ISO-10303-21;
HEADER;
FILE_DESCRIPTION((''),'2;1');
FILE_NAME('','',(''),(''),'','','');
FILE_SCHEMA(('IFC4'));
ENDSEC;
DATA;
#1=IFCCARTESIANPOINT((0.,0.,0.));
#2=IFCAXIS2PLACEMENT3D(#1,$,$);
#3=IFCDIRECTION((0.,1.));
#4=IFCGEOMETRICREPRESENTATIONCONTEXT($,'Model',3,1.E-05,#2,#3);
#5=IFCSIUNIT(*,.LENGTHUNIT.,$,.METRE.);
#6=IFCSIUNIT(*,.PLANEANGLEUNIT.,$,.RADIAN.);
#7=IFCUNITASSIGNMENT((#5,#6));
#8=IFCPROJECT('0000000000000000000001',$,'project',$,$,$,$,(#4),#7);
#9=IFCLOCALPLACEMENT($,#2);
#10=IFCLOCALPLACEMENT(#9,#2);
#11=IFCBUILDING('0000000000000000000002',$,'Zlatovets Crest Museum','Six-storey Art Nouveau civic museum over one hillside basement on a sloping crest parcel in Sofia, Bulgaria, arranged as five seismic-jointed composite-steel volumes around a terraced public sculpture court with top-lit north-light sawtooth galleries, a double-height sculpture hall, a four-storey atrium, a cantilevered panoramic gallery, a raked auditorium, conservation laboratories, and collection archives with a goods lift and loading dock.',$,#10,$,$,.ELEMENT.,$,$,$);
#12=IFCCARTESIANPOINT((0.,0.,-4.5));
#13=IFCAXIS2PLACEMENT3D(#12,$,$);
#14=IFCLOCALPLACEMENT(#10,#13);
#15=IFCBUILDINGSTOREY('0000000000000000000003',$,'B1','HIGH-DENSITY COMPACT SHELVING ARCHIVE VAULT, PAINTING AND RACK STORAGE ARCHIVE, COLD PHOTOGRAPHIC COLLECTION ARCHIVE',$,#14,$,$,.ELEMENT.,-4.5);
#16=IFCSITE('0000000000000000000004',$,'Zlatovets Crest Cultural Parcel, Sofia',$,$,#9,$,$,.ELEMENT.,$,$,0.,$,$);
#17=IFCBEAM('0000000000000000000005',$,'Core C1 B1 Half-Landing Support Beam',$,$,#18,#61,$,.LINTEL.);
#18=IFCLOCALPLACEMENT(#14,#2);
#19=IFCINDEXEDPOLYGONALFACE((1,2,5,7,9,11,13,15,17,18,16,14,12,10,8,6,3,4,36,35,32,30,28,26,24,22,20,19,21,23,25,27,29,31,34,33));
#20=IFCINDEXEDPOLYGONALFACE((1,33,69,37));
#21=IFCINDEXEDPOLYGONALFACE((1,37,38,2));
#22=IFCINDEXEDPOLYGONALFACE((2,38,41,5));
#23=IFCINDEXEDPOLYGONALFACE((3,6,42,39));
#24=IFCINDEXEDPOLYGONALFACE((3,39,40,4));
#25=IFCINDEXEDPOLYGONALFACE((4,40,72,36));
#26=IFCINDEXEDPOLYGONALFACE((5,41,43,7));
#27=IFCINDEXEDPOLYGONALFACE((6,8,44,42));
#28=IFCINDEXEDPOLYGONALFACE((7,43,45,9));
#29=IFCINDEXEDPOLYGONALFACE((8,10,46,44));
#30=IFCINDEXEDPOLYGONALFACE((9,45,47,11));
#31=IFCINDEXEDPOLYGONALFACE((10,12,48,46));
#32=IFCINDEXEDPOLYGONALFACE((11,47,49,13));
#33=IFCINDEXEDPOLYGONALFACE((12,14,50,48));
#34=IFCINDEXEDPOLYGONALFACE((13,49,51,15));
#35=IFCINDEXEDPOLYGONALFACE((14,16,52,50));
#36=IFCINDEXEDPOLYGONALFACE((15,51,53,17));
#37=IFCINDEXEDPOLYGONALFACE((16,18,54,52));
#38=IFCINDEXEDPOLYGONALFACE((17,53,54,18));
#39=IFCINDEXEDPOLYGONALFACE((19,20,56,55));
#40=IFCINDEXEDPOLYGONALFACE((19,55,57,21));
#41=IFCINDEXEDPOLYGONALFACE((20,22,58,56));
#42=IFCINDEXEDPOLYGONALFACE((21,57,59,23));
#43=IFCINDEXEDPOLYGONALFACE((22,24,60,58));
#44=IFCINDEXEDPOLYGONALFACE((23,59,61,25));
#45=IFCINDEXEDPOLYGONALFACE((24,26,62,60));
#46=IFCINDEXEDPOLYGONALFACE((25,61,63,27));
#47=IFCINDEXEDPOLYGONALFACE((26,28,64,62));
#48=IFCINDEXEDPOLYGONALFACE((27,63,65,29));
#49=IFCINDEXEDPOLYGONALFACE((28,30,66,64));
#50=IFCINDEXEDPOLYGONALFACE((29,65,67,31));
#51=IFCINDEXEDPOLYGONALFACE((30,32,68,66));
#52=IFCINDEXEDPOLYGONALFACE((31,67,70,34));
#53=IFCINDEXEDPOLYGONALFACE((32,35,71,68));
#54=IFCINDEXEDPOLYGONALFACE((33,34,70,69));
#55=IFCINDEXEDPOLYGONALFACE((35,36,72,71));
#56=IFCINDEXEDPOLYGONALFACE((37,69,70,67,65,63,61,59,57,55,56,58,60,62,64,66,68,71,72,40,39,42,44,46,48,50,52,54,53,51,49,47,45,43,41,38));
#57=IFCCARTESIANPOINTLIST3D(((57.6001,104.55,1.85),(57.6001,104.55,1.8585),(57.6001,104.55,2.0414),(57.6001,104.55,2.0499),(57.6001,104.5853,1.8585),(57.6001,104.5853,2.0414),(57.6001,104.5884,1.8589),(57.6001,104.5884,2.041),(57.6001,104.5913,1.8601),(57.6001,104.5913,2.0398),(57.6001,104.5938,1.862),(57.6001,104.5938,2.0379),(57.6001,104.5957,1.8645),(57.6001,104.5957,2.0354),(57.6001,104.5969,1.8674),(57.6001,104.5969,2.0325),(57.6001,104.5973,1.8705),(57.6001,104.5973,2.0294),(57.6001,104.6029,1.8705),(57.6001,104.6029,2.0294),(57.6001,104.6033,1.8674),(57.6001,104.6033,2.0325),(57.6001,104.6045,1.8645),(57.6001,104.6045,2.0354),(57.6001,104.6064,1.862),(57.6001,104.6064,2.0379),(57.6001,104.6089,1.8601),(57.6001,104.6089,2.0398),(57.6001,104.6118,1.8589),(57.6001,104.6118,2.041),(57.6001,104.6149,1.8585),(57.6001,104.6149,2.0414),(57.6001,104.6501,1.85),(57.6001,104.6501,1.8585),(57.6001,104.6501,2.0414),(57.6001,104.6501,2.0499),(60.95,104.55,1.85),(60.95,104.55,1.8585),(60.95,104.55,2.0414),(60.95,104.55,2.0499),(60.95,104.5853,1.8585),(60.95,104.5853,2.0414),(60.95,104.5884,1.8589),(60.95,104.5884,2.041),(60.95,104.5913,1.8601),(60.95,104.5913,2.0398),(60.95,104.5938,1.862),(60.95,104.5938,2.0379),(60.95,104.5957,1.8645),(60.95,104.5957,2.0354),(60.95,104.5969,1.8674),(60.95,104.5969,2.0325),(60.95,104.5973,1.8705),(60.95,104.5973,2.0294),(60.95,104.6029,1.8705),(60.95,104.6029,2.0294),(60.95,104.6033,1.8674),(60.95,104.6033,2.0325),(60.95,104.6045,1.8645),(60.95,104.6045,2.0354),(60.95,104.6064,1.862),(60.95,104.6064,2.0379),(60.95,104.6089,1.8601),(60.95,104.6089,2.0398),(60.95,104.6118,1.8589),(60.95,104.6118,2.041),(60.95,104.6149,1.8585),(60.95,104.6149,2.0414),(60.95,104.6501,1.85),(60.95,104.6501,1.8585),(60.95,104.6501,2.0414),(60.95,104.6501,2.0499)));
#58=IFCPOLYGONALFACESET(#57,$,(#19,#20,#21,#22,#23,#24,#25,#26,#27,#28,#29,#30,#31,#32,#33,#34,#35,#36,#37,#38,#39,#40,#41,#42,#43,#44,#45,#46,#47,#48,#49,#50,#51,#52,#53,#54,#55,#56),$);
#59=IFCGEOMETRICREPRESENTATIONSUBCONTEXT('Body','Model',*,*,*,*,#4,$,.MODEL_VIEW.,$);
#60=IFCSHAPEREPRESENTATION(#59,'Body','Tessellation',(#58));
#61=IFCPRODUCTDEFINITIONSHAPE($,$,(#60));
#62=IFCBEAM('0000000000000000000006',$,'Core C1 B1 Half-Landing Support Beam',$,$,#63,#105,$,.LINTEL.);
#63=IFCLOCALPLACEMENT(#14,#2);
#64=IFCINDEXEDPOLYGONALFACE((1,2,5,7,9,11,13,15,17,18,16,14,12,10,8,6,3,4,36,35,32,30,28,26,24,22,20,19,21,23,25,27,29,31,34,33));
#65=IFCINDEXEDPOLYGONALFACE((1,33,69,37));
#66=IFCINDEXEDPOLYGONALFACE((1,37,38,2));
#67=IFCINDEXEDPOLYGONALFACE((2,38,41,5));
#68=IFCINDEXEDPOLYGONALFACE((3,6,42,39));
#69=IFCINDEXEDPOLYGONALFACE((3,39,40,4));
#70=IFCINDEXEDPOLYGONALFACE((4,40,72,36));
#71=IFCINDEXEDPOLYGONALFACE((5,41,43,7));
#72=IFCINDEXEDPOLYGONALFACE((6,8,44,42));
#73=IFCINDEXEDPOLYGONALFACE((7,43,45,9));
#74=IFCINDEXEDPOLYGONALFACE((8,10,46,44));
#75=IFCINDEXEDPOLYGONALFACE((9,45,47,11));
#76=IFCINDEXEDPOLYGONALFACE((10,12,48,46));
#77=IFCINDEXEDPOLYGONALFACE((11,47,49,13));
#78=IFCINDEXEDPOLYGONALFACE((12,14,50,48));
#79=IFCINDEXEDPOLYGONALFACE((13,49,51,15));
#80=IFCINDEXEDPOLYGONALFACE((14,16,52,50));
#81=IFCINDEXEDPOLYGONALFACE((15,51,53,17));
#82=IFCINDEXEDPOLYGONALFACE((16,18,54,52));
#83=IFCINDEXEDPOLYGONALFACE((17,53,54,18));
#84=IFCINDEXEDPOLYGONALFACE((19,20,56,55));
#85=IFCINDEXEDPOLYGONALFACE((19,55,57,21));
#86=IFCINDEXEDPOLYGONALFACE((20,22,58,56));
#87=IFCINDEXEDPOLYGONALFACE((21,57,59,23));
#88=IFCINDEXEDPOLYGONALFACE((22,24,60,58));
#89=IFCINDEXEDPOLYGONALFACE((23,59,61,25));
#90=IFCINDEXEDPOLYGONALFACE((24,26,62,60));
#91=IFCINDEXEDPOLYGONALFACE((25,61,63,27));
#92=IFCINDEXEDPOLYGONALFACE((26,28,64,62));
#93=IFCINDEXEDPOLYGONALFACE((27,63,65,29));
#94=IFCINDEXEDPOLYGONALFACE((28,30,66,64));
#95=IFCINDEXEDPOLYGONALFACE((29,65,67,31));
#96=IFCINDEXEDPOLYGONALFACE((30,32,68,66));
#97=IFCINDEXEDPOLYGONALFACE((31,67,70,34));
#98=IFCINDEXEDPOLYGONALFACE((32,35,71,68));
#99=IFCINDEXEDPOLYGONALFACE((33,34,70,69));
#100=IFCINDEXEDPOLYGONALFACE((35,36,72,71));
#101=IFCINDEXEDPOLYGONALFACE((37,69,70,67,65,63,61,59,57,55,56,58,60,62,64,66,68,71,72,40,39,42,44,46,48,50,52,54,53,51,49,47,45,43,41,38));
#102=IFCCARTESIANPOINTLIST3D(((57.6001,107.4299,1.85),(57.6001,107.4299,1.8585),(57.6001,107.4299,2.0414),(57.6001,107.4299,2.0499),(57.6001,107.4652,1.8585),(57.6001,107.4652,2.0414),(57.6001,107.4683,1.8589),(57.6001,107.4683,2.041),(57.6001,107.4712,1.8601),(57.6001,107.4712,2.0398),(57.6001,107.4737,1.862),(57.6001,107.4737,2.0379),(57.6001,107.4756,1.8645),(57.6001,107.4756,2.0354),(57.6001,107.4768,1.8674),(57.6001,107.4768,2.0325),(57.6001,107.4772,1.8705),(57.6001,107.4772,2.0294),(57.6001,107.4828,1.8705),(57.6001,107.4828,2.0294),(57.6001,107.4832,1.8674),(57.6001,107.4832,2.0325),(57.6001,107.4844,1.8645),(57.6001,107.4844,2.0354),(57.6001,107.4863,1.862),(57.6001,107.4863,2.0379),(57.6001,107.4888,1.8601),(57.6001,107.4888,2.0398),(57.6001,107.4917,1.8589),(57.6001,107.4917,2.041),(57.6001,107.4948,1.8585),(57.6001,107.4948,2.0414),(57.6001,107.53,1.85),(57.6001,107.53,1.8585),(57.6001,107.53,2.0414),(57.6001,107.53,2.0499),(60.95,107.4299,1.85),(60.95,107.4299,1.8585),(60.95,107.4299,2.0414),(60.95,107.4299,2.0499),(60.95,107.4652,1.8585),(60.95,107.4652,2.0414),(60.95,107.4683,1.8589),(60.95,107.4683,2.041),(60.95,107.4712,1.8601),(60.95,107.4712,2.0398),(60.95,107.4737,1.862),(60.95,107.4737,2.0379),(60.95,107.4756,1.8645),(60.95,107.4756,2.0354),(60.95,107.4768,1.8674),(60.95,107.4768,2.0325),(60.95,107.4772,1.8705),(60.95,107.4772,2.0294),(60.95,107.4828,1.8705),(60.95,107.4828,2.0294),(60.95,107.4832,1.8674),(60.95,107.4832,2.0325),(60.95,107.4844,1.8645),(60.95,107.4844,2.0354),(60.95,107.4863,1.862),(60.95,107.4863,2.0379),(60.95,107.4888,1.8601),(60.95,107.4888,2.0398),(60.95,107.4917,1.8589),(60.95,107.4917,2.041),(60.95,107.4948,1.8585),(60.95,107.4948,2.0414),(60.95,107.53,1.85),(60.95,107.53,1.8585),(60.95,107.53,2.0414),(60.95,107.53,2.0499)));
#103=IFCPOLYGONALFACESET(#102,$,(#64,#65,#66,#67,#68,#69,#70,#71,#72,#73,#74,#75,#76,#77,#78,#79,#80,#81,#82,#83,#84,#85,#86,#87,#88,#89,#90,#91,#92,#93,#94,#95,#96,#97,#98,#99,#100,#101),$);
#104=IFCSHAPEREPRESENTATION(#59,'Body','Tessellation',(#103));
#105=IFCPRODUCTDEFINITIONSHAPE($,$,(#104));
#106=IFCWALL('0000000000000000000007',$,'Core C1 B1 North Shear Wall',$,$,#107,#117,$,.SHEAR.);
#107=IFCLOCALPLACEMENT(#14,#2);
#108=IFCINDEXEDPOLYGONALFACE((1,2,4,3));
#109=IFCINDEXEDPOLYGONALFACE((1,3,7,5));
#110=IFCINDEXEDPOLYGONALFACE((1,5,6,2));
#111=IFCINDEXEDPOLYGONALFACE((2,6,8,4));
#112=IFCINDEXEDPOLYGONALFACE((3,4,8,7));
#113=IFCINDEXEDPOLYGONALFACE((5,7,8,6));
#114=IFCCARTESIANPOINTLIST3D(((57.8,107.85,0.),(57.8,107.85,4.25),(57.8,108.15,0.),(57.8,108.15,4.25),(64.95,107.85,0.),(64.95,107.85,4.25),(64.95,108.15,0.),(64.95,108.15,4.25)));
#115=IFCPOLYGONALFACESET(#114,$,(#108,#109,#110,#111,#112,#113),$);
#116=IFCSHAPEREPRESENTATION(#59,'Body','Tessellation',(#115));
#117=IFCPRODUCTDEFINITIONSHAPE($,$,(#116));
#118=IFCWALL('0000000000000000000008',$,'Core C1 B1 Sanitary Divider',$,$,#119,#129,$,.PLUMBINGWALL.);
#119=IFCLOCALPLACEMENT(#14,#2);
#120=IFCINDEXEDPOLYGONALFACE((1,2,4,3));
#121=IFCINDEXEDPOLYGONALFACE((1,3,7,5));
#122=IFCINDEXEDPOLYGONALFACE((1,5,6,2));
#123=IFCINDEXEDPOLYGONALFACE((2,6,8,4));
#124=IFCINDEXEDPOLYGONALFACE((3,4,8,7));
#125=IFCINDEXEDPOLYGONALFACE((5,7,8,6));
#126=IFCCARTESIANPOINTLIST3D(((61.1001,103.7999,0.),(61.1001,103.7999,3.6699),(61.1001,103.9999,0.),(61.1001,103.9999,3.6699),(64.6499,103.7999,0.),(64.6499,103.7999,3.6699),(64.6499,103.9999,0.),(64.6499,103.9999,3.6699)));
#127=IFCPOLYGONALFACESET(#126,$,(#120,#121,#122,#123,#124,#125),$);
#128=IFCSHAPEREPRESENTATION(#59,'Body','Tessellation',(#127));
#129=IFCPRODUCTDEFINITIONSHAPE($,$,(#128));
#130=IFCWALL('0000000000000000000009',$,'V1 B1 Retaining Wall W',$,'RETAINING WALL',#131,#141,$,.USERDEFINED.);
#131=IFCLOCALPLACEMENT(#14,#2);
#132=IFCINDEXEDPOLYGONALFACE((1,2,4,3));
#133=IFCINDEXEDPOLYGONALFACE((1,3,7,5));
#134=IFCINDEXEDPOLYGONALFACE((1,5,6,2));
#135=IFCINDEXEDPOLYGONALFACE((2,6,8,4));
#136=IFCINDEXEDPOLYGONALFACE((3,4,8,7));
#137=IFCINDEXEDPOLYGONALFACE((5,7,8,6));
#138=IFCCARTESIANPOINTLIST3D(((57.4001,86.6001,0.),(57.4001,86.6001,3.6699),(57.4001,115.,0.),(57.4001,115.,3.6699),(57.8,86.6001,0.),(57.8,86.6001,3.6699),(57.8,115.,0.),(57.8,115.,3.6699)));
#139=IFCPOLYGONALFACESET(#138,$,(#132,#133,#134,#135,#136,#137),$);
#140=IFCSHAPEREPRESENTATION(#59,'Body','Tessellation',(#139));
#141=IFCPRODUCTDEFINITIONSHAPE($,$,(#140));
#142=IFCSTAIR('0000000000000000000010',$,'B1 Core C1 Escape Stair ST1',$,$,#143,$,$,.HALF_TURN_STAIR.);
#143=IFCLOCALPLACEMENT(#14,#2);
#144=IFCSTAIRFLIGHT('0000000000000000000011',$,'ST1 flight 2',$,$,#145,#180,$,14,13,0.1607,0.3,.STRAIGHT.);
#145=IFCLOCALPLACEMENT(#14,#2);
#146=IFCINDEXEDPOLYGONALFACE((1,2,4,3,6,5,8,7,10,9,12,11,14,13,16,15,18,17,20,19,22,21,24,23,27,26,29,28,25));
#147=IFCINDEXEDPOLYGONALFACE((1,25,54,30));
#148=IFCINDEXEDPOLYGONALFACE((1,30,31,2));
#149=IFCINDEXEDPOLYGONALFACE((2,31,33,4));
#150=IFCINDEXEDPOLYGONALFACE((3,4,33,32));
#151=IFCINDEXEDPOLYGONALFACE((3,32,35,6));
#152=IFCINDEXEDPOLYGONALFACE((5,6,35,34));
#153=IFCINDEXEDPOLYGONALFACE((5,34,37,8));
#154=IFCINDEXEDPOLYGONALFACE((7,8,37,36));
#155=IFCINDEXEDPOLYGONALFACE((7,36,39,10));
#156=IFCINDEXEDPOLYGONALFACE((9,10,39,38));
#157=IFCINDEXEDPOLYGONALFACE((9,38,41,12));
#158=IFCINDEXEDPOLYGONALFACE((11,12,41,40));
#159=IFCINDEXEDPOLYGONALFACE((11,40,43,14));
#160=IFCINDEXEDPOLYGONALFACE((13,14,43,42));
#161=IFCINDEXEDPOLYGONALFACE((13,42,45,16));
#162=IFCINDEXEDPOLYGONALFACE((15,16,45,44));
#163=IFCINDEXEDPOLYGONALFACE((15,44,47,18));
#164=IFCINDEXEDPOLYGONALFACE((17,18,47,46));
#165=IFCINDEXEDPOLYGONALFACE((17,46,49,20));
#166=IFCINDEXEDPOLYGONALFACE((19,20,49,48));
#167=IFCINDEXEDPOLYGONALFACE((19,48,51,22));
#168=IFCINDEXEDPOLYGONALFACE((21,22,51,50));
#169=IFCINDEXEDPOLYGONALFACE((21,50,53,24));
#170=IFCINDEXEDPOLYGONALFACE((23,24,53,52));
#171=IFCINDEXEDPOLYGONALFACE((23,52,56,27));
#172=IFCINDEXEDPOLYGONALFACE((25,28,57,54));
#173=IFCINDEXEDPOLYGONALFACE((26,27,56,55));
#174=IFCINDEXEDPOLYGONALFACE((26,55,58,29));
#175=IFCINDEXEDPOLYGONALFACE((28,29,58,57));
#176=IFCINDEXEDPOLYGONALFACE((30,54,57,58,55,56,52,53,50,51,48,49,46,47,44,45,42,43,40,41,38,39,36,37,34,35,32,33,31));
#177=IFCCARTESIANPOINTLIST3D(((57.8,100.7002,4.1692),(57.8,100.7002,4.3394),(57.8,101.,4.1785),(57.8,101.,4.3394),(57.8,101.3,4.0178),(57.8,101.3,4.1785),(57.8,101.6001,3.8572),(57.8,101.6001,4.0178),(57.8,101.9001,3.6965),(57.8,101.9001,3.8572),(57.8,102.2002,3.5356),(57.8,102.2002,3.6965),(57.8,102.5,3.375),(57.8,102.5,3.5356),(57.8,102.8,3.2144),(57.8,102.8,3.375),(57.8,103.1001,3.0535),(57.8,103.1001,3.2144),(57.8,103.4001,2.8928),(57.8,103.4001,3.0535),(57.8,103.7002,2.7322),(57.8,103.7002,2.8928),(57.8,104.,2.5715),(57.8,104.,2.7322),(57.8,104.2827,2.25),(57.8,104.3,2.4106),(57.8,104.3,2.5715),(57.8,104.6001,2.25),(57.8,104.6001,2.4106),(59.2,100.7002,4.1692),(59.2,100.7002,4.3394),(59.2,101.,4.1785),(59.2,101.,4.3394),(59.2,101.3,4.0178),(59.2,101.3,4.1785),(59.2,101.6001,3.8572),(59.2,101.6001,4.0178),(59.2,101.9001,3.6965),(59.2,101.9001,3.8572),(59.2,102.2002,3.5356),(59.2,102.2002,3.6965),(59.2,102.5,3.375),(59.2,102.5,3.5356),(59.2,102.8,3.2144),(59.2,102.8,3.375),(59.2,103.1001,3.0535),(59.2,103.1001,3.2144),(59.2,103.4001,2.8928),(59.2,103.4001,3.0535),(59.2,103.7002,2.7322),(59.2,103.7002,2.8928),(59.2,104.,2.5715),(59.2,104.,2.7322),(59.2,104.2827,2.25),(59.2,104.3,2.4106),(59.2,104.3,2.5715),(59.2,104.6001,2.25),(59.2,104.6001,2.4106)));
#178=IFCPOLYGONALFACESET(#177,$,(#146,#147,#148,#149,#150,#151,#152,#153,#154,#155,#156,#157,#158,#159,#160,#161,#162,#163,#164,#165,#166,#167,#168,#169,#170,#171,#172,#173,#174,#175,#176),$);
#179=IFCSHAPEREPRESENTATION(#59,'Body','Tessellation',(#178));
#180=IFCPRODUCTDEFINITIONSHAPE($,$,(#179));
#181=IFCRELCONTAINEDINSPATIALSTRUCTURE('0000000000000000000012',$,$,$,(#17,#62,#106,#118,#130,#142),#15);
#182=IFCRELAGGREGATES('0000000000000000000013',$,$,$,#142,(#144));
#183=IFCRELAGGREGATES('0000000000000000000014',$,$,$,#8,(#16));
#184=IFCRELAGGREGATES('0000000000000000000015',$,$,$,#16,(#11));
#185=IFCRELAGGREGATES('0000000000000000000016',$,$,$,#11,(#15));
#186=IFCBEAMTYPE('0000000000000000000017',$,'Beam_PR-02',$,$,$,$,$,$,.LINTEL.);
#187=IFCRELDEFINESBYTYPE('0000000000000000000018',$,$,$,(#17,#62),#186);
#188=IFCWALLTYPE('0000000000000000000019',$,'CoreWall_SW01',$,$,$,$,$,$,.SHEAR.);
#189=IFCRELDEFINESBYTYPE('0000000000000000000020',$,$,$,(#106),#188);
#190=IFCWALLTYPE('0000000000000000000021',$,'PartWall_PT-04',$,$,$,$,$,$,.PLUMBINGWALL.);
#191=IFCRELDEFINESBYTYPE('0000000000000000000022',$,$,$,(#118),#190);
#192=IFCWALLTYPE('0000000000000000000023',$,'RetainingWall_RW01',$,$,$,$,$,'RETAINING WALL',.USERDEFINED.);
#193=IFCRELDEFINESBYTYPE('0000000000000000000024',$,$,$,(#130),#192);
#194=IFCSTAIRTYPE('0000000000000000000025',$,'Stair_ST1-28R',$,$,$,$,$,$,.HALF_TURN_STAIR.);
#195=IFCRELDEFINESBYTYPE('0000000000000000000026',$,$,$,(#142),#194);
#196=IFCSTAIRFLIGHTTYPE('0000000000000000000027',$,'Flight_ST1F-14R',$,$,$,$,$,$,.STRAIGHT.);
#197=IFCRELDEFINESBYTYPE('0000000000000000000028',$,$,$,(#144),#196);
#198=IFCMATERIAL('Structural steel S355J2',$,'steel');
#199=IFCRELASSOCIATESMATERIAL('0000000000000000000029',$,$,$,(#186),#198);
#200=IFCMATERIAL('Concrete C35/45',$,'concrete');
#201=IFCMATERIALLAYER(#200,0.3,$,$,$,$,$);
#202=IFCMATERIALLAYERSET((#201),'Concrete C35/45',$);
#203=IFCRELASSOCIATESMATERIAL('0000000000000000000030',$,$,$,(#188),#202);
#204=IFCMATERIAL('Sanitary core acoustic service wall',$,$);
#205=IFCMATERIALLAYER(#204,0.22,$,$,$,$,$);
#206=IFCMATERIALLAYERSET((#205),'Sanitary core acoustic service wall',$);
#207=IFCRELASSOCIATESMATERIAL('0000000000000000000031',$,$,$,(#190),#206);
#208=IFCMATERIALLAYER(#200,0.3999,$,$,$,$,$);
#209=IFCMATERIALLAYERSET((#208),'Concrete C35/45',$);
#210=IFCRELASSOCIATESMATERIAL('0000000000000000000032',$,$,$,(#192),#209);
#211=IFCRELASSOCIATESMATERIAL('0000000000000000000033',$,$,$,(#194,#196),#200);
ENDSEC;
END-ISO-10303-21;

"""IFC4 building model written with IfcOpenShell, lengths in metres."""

from ifc_helpers import new_model, si_unit, direction, frame, frame_2d, origin, origin_2d, place, context, subcontext, project, spatial, polyline, rectangle, i_section, outline, extrude, material, layer, layer_set, material_profile, profile_set, type_object, element, aggregate, save


model = new_model("IFC4")

# Units and contexts
model_context = context("Model", 3, precision=1e-05, world=origin(), true_north=direction((0.0, 1.0)))
body_context = subcontext(model_context, "Body", "Model", "MODEL_VIEW")
ifc_project = project(units=[si_unit("LENGTHUNIT", "METRE"), si_unit("PLANEANGLEUNIT", "RADIAN")], contexts=[model_context])

# Site, building, storey
site_placement = place(None, origin())
site = spatial("IfcSite", under=ifc_project, at=site_placement, Name="Zlatovets Crest Cultural Parcel, Sofia", CompositionType="ELEMENT", RefElevation=0.0)
building_placement = place(site_placement, origin())
building = spatial("IfcBuilding", under=site, at=building_placement, Name="Zlatovets Crest Museum", Description="Six-storey Art Nouveau civic museum over one hillside basement on a sloping crest parcel in Sofia, Bulgaria, arranged as five seismic-jointed composite-steel volumes around a terraced public sculpture court with top-lit north-light sawtooth galleries, a double-height sculpture hall, a four-storey atrium, a cantilevered panoramic gallery, a raked auditorium, conservation laboratories, and collection archives with a goods lift and loading dock.", CompositionType="ELEMENT")
storey_placement = place(building_placement, frame((0.0, 0.0, -4.5)))
storey = spatial("IfcBuildingStorey", under=building, at=storey_placement, Name="B1", Description="HIGH-DENSITY COMPACT SHELVING ARCHIVE VAULT, PAINTING AND RACK STORAGE ARCHIVE, COLD PHOTOGRAPHIC COLLECTION ARCHIVE", CompositionType="ELEMENT", Elevation=-4.5)

# Shared definitions
ifc_material_1 = material(Name="Concrete C35/45", Category="concrete")

# Beams
ifc_material_2 = material(Name="Structural steel S355J2", Category="steel")
ifc_material_profile_1 = material_profile(ifc_material_2, i_section(OverallWidth=0.1001, OverallDepth=0.2, WebThickness=0.0056, FlangeThickness=0.0085, FilletRadius=0.012, at=origin_2d()), Name="IPE 200")
ifc_profile_set_1 = profile_set([ifc_material_profile_1], Name="Structural steel S355J2")
beam_type = type_object("IfcBeamType", Name="Beam_PR-02", PredefinedType="LINTEL", material=ifc_profile_set_1)
for number, where, z_axis, x_axis, name in (
    (1, (57.6001, 104.6001, 1.95), (1.0, 0.0, 0.0), (0.0, 1.0, 0.0), "Core C1 B1 Half-Landing Support Beam"),
    (2, (57.6001, 107.48, 1.95), (1.0, 0.0, 0.0), (0.0, 1.0, 0.0), "Core C1 B1 Half-Landing Support Beam"),
):
    element("IfcBeam", number, at=place(storey_placement, frame(where, z_axis=z_axis, x_axis=x_axis)), inside=storey, type_object=beam_type, Name=name, PredefinedType="LINTEL", context=body_context, shape_type="SweptSolid", body=[
        extrude(i_section(OverallWidth=0.1001, OverallDepth=0.2, WebThickness=0.0056, FlangeThickness=0.0085, FilletRadius=0.012, at=origin_2d()), origin(), (0.0, 0.0, 1.0), 3.3499),
    ])

# Wall
ifc_layer_1 = layer(ifc_material_1, 0.3)
ifc_layer_set_1 = layer_set([ifc_layer_1], Name="Concrete C35/45")
wall_type_1 = type_object("IfcWallType", Name="CoreWall_SW01", PredefinedType="SHEAR", material=ifc_layer_set_1)
wall_1_placement = place(storey_placement, frame((57.8, 108.0, 0.0), z_axis=(0.0, 0.0, 1.0), x_axis=(1.0, 0.0, 0.0)))
element("IfcWall", 3, at=wall_1_placement, inside=storey, type_object=wall_type_1, Name="Core C1 B1 North Shear Wall", PredefinedType="SHEAR", context=body_context, shape_type="SweptSolid", body=[
    extrude(rectangle(XDim=7.1499, YDim=0.3, at=frame_2d((3.575, 0.0))), origin(), (0.0, 0.0, 1.0), 4.25),
])

# Walls
ifc_material_3 = material(Name="Sanitary core acoustic service wall")
ifc_layer_2 = layer(ifc_material_3, 0.22)
ifc_layer_set_2 = layer_set([ifc_layer_2], Name="Sanitary core acoustic service wall")
wall_type_2 = type_object("IfcWallType", Name="PartWall_PT-04", PredefinedType="PLUMBINGWALL", material=ifc_layer_set_2)
wall_2_placement = place(storey_placement, frame((61.1001, 103.8999, 0.0), z_axis=(0.0, 0.0, 1.0), x_axis=(1.0, 0.0, 0.0)))
element("IfcWall", 4, at=wall_2_placement, inside=storey, type_object=wall_type_2, Name="Core C1 B1 Sanitary Divider", PredefinedType="PLUMBINGWALL", context=body_context, shape_type="SweptSolid", body=[
    extrude(rectangle(XDim=3.5498, YDim=0.2, at=frame_2d((1.7749, 0.0))), origin(), (0.0, 0.0, 1.0), 3.6699),
])
ifc_layer_3 = layer(ifc_material_1, 0.3999)
ifc_layer_set_3 = layer_set([ifc_layer_3], Name="Concrete C35/45")
wall_type_3 = type_object("IfcWallType", Name="RetainingWall_RW01", ElementType="RETAINING WALL", PredefinedType="USERDEFINED", material=ifc_layer_set_3)
wall_3_placement = place(storey_placement, frame((57.6001, 115.0, 0.0), z_axis=(0.0, 0.0, 1.0), x_axis=(0.0, -1.0, 0.0)))
element("IfcWall", 5, at=wall_3_placement, inside=storey, type_object=wall_type_3, Name="V1 B1 Retaining Wall W", ObjectType="RETAINING WALL", PredefinedType="USERDEFINED", context=body_context, shape_type="SweptSolid", body=[
    extrude(rectangle(XDim=28.3999, YDim=0.3999, at=frame_2d((14.2, 0.0))), origin(), (0.0, 0.0, 1.0), 3.6699),
])

# Stair, stair flight
stair_type = type_object("IfcStairType", Name="Stair_ST1-28R", PredefinedType="HALF_TURN_STAIR", material=ifc_material_1)
stair_placement = place(storey_placement, origin())
stair = element("IfcStair", 6, at=stair_placement, inside=storey, type_object=stair_type, Name="B1 Core C1 Escape Stair ST1", PredefinedType="HALF_TURN_STAIR")
stair_flight_type = type_object("IfcStairFlightType", Name="Flight_ST1F-14R", PredefinedType="STRAIGHT", material=ifc_material_1)
stair_flight_placement = place(storey_placement, frame((58.5, 104.6001, 2.25), z_axis=(0.0, 0.0, 1.0), x_axis=(0.0, -1.0, 0.0)))
stair_flight = element("IfcStairFlight", 7, at=stair_flight_placement, type_object=stair_flight_type, Name="ST1 flight 2", NumberOfRisers=14, NumberOfTreads=13, PredefinedType="STRAIGHT", RiserHeight=0.1607, TreadLength=0.3, context=body_context, shape_type="SweptSolid", body=[
    extrude(outline(polyline([(0.0, 0.0), (0.0, 0.1606), (0.3, 0.1606), (0.3, 0.3215), (0.6001, 0.3215), (0.6001, 0.4822), (0.8999, 0.4822), (0.8999, 0.6428), (1.2, 0.6428), (1.2, 0.8035), (1.5, 0.8035), (1.5, 0.9644), (1.8, 0.9644), (1.8, 1.125), (2.1001, 1.125), (2.1001, 1.2856), (2.3999, 1.2856), (2.3999, 1.4465), (2.7, 1.4465), (2.7, 1.6072), (3.0, 1.6072), (3.0, 1.7678), (3.3, 1.7678), (3.3, 1.9285), (3.6001, 1.9285), (3.6001, 2.0894), (3.8999, 2.0894), (3.8999, 2.25), (3.8999, 1.9192), (0.3174, 0.0), (0.0, 0.0)])), frame((0.0, 0.7, 0.0), z_axis=(0.0, -1.0, 0.0), x_axis=(1.0, 0.0, 0.0)), (0.0, 0.0, 1.0), 1.3999),
])
aggregate(stair, [stair_flight])

save(model, "model.ifc")
